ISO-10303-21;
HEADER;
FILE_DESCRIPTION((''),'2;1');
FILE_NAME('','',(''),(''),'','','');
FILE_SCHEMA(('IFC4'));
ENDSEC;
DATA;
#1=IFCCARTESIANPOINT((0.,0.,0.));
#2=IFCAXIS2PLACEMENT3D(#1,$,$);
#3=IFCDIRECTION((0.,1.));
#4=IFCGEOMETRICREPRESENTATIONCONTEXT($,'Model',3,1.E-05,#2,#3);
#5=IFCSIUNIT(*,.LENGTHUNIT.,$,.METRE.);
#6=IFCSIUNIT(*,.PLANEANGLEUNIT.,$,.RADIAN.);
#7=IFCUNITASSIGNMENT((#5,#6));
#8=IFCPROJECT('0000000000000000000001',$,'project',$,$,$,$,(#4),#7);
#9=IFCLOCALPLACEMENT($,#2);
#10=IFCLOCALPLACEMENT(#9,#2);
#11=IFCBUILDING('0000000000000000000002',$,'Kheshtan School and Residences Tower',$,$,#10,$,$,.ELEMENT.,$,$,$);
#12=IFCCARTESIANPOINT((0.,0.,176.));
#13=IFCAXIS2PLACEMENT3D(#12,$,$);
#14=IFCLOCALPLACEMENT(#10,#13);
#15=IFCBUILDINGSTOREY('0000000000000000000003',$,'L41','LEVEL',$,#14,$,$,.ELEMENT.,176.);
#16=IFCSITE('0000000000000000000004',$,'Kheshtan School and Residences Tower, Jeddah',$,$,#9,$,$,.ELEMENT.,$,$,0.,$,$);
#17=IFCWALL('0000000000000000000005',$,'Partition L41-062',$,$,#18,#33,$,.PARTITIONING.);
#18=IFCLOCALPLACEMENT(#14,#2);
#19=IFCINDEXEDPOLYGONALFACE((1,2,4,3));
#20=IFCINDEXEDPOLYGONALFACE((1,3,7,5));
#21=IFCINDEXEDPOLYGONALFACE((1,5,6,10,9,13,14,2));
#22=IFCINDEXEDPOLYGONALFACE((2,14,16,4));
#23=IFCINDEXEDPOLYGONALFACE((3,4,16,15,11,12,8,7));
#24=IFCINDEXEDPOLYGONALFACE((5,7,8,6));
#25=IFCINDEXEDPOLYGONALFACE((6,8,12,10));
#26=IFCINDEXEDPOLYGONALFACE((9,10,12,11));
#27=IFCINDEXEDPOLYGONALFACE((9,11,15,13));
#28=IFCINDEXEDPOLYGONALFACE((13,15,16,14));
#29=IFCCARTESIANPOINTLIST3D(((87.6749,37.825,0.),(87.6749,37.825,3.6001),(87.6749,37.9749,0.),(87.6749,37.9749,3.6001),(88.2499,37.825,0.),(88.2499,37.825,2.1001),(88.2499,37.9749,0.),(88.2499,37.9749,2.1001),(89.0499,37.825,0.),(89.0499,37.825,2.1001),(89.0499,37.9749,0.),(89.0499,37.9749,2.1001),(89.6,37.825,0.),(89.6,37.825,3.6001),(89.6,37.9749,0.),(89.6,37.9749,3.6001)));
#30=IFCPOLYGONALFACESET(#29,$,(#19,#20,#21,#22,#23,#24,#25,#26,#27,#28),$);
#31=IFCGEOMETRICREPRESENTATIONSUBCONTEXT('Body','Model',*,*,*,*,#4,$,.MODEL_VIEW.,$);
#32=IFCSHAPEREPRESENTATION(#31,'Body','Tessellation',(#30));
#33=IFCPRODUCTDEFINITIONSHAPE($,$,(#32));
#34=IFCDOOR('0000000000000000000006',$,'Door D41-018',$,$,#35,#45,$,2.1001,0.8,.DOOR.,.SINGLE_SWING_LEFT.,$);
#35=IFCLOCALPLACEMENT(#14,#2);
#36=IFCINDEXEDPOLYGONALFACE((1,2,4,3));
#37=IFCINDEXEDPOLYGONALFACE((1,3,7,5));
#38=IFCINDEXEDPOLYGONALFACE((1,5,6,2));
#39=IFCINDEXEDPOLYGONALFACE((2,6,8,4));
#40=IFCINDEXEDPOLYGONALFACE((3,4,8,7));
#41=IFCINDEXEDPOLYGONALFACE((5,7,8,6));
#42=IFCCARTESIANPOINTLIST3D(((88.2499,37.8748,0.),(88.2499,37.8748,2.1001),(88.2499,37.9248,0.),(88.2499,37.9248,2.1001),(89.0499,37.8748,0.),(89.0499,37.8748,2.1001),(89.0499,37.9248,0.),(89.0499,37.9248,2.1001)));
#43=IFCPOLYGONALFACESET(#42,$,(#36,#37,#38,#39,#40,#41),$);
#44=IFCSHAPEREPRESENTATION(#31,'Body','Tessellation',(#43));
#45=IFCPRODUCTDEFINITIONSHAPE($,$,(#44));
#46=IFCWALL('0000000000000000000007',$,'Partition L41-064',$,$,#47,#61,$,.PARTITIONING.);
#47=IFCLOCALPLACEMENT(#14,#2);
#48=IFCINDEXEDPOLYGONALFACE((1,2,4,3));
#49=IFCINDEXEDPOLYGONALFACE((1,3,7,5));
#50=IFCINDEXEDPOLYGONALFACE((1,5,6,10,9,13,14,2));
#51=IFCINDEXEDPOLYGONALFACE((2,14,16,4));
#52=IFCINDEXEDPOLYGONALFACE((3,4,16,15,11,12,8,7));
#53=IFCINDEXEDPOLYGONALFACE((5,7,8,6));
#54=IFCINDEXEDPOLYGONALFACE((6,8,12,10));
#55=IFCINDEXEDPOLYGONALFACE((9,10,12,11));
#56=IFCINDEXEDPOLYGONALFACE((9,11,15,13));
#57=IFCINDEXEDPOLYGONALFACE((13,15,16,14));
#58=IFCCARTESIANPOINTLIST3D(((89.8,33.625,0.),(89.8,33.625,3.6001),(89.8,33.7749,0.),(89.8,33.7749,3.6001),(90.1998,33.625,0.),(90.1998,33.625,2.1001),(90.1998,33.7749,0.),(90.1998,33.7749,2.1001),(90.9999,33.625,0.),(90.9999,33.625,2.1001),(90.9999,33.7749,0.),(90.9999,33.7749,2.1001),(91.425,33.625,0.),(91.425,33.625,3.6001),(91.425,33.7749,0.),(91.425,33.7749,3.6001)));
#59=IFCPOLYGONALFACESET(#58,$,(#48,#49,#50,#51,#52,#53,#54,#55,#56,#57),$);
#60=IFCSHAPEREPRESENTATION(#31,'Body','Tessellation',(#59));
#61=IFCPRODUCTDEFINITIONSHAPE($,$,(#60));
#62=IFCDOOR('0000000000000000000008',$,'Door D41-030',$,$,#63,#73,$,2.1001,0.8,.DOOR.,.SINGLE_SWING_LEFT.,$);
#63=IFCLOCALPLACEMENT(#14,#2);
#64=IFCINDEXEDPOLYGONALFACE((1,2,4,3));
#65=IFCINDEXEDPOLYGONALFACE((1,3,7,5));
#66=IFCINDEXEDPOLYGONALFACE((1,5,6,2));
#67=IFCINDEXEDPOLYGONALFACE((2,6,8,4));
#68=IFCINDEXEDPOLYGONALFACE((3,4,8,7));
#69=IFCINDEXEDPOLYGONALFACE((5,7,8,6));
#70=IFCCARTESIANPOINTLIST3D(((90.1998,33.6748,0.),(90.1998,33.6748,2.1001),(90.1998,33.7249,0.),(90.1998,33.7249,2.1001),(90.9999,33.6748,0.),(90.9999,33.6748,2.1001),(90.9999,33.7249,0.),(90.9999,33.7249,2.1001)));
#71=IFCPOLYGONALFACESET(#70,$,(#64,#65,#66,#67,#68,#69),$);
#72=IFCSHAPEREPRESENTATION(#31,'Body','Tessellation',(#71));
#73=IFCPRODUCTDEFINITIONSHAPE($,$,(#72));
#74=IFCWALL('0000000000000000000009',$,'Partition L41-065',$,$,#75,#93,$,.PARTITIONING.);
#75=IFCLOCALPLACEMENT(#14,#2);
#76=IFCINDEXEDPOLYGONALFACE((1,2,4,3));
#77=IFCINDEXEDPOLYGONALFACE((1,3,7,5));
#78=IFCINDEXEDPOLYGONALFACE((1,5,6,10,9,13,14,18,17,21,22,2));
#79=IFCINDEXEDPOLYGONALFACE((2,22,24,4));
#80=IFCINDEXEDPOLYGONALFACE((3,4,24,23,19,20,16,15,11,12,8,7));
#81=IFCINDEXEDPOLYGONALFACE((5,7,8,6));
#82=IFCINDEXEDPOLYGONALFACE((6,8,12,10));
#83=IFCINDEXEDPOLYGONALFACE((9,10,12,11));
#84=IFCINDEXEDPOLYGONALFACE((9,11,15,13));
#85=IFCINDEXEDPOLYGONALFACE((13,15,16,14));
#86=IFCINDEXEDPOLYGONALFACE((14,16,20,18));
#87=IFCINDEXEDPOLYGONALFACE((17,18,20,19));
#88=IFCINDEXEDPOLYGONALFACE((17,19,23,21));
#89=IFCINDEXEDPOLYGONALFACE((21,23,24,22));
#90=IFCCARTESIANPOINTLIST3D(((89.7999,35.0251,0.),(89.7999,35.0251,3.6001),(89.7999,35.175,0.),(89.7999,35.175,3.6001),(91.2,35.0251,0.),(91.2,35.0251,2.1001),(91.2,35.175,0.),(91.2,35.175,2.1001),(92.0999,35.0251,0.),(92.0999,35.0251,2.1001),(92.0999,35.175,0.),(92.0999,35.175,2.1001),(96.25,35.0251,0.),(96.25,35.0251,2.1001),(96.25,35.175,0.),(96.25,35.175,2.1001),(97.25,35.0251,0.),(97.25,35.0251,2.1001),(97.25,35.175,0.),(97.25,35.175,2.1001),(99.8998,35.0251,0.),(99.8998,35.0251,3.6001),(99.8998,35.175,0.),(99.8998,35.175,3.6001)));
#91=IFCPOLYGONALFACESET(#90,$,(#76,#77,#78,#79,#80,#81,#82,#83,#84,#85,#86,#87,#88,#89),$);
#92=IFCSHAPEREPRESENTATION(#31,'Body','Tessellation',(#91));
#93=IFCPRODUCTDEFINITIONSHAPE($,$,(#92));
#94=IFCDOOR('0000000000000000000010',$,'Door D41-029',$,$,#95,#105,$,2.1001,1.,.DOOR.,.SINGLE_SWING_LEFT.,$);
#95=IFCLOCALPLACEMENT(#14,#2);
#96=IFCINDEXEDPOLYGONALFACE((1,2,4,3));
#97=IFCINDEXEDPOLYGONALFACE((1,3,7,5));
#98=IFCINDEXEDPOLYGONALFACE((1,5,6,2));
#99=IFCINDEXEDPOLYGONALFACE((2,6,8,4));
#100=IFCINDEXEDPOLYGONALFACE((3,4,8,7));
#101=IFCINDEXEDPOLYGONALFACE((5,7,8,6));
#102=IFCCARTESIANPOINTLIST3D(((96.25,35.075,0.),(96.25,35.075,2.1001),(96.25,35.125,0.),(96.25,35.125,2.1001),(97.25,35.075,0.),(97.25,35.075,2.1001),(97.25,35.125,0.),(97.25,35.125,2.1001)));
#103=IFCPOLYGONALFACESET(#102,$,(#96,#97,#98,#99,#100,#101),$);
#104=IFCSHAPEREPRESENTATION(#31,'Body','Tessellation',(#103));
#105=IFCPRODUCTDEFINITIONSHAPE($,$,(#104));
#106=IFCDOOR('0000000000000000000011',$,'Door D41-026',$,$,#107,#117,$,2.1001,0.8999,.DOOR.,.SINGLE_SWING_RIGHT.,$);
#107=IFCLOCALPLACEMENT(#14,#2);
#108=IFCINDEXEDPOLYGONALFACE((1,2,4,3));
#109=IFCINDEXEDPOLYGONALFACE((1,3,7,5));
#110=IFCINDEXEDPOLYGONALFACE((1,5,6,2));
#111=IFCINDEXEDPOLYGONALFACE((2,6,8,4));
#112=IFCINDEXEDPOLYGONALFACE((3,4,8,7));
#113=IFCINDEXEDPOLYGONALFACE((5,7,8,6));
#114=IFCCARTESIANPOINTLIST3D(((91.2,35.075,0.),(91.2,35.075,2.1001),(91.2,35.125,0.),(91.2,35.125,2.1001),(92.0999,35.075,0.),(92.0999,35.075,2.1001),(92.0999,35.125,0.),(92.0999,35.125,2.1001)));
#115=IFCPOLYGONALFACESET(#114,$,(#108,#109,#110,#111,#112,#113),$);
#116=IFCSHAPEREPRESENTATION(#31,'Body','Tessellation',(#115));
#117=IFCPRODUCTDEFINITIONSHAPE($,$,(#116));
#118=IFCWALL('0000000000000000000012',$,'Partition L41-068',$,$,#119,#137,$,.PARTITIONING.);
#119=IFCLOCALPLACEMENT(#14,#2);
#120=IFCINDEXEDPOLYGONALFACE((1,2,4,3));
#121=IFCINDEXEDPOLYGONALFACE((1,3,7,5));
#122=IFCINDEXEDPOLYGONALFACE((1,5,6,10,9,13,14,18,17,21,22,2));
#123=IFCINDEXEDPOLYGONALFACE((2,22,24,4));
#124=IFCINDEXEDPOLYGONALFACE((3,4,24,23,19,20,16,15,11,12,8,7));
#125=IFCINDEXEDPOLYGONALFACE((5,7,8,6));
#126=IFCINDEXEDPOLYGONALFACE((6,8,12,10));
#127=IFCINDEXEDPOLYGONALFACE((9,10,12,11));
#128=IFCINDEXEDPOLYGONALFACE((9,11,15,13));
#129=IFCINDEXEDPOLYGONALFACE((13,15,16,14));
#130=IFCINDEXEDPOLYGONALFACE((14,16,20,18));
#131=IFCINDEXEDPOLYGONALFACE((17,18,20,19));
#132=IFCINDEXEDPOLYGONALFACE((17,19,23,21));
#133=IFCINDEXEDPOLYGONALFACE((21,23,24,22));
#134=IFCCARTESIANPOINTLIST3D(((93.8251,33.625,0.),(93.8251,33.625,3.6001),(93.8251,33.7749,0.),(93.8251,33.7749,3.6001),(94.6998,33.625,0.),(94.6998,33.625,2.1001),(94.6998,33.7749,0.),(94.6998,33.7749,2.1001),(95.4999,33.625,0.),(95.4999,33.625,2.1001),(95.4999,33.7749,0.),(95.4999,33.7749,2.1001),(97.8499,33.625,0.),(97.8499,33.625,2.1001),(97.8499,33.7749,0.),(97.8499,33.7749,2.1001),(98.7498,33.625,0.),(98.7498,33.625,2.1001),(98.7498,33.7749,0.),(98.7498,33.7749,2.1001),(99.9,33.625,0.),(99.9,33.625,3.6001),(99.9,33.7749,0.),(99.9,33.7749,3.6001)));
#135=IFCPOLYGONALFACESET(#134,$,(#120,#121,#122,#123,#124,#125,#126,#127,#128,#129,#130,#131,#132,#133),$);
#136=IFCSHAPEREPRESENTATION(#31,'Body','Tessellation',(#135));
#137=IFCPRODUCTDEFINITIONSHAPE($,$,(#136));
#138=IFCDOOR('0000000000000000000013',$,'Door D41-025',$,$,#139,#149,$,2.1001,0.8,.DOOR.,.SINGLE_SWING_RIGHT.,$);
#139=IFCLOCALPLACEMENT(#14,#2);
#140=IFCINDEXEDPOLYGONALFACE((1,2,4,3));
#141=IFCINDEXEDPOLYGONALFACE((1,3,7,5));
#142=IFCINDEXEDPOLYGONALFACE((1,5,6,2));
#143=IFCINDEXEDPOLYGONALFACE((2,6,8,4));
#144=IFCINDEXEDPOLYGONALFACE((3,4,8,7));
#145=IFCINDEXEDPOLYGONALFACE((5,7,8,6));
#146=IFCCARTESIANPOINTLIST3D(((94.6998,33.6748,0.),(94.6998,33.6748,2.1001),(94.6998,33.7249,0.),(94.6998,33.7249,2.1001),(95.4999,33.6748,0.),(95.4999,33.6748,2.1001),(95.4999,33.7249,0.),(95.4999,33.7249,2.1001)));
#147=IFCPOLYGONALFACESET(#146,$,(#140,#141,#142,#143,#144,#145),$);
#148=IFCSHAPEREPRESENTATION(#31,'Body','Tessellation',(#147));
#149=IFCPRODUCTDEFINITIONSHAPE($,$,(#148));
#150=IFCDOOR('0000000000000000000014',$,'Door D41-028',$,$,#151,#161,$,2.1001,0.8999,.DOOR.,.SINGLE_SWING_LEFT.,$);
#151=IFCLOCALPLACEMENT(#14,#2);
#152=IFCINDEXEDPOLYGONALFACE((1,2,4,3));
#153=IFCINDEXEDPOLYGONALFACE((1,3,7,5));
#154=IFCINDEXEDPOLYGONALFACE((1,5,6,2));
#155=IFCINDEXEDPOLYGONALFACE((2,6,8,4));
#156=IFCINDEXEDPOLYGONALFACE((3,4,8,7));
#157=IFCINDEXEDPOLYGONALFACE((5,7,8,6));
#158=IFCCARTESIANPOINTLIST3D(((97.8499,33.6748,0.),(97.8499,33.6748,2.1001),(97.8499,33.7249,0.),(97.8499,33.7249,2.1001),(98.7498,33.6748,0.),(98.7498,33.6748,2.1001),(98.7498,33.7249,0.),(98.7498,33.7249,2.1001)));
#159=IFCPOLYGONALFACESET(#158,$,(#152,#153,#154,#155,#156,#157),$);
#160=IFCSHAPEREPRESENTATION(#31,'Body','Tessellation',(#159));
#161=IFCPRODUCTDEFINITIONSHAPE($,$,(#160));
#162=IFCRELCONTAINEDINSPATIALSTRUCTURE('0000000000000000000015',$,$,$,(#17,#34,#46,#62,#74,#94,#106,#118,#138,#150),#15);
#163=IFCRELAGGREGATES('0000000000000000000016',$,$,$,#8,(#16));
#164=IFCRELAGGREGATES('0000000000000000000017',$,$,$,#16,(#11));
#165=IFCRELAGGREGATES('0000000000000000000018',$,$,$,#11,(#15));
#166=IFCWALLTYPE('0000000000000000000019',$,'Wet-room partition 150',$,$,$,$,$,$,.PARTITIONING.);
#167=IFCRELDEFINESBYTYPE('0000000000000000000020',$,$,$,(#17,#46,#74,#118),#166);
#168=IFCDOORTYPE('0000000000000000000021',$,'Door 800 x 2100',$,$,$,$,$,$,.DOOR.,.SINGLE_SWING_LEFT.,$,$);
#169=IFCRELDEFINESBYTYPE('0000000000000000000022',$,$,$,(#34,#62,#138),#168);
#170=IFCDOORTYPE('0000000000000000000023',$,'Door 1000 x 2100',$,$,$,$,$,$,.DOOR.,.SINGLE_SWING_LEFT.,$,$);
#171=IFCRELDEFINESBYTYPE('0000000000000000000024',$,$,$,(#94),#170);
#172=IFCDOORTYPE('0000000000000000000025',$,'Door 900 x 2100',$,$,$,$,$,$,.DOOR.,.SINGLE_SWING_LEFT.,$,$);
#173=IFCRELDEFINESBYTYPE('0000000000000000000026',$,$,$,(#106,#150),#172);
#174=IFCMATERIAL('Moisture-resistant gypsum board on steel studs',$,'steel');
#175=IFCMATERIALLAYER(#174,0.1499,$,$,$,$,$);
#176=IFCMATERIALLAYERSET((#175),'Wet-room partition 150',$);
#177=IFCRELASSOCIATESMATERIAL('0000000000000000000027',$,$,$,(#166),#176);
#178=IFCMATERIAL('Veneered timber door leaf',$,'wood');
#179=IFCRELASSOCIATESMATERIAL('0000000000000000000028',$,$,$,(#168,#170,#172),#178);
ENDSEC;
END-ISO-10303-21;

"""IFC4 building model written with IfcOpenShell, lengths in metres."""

from ifc_helpers import new_model, si_unit, direction, frame, frame_2d, origin, place, context, subcontext, project, spatial, rectangle, extrude, source, transform, mapped, material, layer, layer_set, type_object, element, fill, save


model = new_model("IFC4")

# Units and contexts
model_context = context("Model", 3, precision=1e-05, world=origin(), true_north=direction((0.0, 1.0)))
body_context = subcontext(model_context, "Body", "Model", "MODEL_VIEW")
ifc_project = project(units=[si_unit("LENGTHUNIT", "METRE"), si_unit("PLANEANGLEUNIT", "RADIAN")], contexts=[model_context])

# Site, building, storey
site_placement = place(None, origin())
site = spatial("IfcSite", under=ifc_project, at=site_placement, Name="Kheshtan School and Residences Tower, Jeddah", CompositionType="ELEMENT", RefElevation=0.0)
building_placement = place(site_placement, origin())
building = spatial("IfcBuilding", under=site, at=building_placement, Name="Kheshtan School and Residences Tower", CompositionType="ELEMENT")
storey_placement = place(building_placement, frame((0.0, 0.0, 176.0)))
storey = spatial("IfcBuildingStorey", under=building, at=storey_placement, Name="L41", Description="LEVEL", CompositionType="ELEMENT", Elevation=176.0)

# Walls, openings, doors
ifc_material_1 = material(Name="Moisture-resistant gypsum board on steel studs", Category="steel")
ifc_layer_1 = layer(ifc_material_1, 0.1499)
ifc_layer_set_1 = layer_set([ifc_layer_1], Name="Wet-room partition 150")
wall_type_1 = type_object("IfcWallType", Name="Wet-room partition 150", PredefinedType="PARTITIONING", material=ifc_layer_set_1)
wall_1_placement = place(storey_placement, frame((87.675, 37.8999, 0.0), z_axis=(0.0, 0.0, 1.0), x_axis=(1.0, 0.0, 0.0)))
wall_1 = element("IfcWall", 1, at=wall_1_placement, inside=storey, type_object=wall_type_1, Name="Partition L41-062", PredefinedType="PARTITIONING", context=body_context, shape_type="SweptSolid", body=[
    extrude(rectangle(XDim=1.925, YDim=0.1499, at=frame_2d((0.9624, 0.0))), origin(), (0.0, 0.0, 1.0), 3.6001),
])
opening_1_placement = place(wall_1_placement, frame((0.575, 0.0, 0.0)))
opening_1 = element("IfcOpeningElement", 2, at=opening_1_placement, cuts=wall_1, PredefinedType="OPENING", context=body_context, shape_type="SweptSolid", body=[
    extrude(rectangle(XDim=0.8, YDim=2.1001, at=frame_2d((0.3999, 1.05))), frame((0.0, 0.085, 0.0), z_axis=(0.0, -1.0, 0.0), x_axis=(1.0, 0.0, 0.0)), (0.0, 0.0, 1.0), 0.1699),
])
ifc_material_2 = material(Name="Veneered timber door leaf", Category="wood")
door_type_1 = type_object("IfcDoorType", Name="Door 800 x 2100", OperationType="SINGLE_SWING_LEFT", PredefinedType="DOOR", material=ifc_material_2)
shared_shape_1 = source(origin(), body_context, "Body", "SweptSolid", [
    extrude(rectangle(XDim=0.8, YDim=2.1001, at=frame_2d((0.3999, 1.05))), frame((0.0, 0.0249, 0.0), z_axis=(0.0, -1.0, 0.0), x_axis=(1.0, 0.0, 0.0)), (0.0, 0.0, 1.0), 0.05),
])
door_1_placement = place(opening_1_placement, origin())
door_1 = element("IfcDoor", 3, at=door_1_placement, inside=storey, type_object=door_type_1, Name="Door D41-018", OperationType="SINGLE_SWING_LEFT", OverallHeight=2.1001, OverallWidth=0.8, PredefinedType="DOOR", context=body_context, shape_type="MappedRepresentation", body=[
    mapped(shared_shape_1, transform((0.0, 0.0, 0.0), x_axis=(1.0, 0.0, 0.0), y_axis=(0.0, 1.0, 0.0), z_axis=(0.0, 0.0, 1.0), scale=1.0)),
])
fill(opening_1, door_1)
wall_2_placement = place(storey_placement, frame((89.8, 33.7, 0.0), z_axis=(0.0, 0.0, 1.0), x_axis=(1.0, 0.0, 0.0)))
wall_2 = element("IfcWall", 4, at=wall_2_placement, inside=storey, type_object=wall_type_1, Name="Partition L41-064", PredefinedType="PARTITIONING", context=body_context, shape_type="SweptSolid", body=[
    extrude(rectangle(XDim=1.625, YDim=0.1499, at=frame_2d((0.8125, 0.0))), origin(), (0.0, 0.0, 1.0), 3.6001),
])
opening_2_placement = place(wall_2_placement, frame((0.3999, 0.0, 0.0)))
opening_2 = element("IfcOpeningElement", 5, at=opening_2_placement, cuts=wall_2, PredefinedType="OPENING", context=body_context, shape_type="SweptSolid", body=[
    extrude(rectangle(XDim=0.8, YDim=2.1001, at=frame_2d((0.3999, 1.05))), frame((0.0, 0.085, 0.0), z_axis=(0.0, -1.0, 0.0), x_axis=(1.0, 0.0, 0.0)), (0.0, 0.0, 1.0), 0.1699),
])
door_2_placement = place(opening_2_placement, origin())
door_2 = element("IfcDoor", 6, at=door_2_placement, inside=storey, type_object=door_type_1, Name="Door D41-030", OperationType="SINGLE_SWING_LEFT", OverallHeight=2.1001, OverallWidth=0.8, PredefinedType="DOOR", context=body_context, shape_type="MappedRepresentation", body=[
    mapped(shared_shape_1, transform((0.0, 0.0, 0.0), x_axis=(1.0, 0.0, 0.0), y_axis=(0.0, 1.0, 0.0), z_axis=(0.0, 0.0, 1.0), scale=1.0)),
])
fill(opening_2, door_2)

# Walls, openings, doors
wall_3_placement = place(storey_placement, frame((89.8, 35.1001, 0.0), z_axis=(0.0, 0.0, 1.0), x_axis=(1.0, 0.0, 0.0)))
wall_3 = element("IfcWall", 7, at=wall_3_placement, inside=storey, type_object=wall_type_1, Name="Partition L41-065", PredefinedType="PARTITIONING", context=body_context, shape_type="SweptSolid", body=[
    extrude(rectangle(XDim=10.0999, YDim=0.1499, at=frame_2d((5.0498, 0.0))), origin(), (0.0, 0.0, 1.0), 3.6001),
])
opening_3_placement = place(wall_3_placement, frame((1.3999, 0.0, 0.0)))
opening_3 = element("IfcOpeningElement", 8, at=opening_3_placement, cuts=wall_3, PredefinedType="OPENING", context=body_context, shape_type="SweptSolid", body=[
    extrude(rectangle(XDim=0.8999, YDim=2.1001, at=frame_2d((0.45, 1.05))), frame((0.0, 0.085, 0.0), z_axis=(0.0, -1.0, 0.0), x_axis=(1.0, 0.0, 0.0)), (0.0, 0.0, 1.0), 0.1699),
])
opening_4_placement = place(wall_3_placement, frame((6.45, 0.0, 0.0)))
opening_4 = element("IfcOpeningElement", 9, at=opening_4_placement, cuts=wall_3, PredefinedType="OPENING", context=body_context, shape_type="SweptSolid", body=[
    extrude(rectangle(XDim=1.0, YDim=2.1001, at=frame_2d((0.5, 1.05))), frame((0.0, 0.085, 0.0), z_axis=(0.0, -1.0, 0.0), x_axis=(1.0, 0.0, 0.0)), (0.0, 0.0, 1.0), 0.1699),
])
door_type_2 = type_object("IfcDoorType", Name="Door 1000 x 2100", OperationType="SINGLE_SWING_LEFT", PredefinedType="DOOR", material=ifc_material_2)
shared_shape_2 = source(origin(), body_context, "Body", "SweptSolid", [
    extrude(rectangle(XDim=1.0, YDim=2.1001, at=frame_2d((0.5, 1.05))), frame((0.0, 0.0249, 0.0), z_axis=(0.0, -1.0, 0.0), x_axis=(1.0, 0.0, 0.0)), (0.0, 0.0, 1.0), 0.05),
])
door_3_placement = place(opening_4_placement, origin())
door_3 = element("IfcDoor", 10, at=door_3_placement, inside=storey, type_object=door_type_2, Name="Door D41-029", OperationType="SINGLE_SWING_LEFT", OverallHeight=2.1001, OverallWidth=1.0, PredefinedType="DOOR", context=body_context, shape_type="MappedRepresentation", body=[
    mapped(shared_shape_2, transform((0.0, 0.0, 0.0), x_axis=(1.0, 0.0, 0.0), y_axis=(0.0, 1.0, 0.0), z_axis=(0.0, 0.0, 1.0), scale=1.0)),
])
fill(opening_4, door_3)
door_type_3 = type_object("IfcDoorType", Name="Door 900 x 2100", OperationType="SINGLE_SWING_LEFT", PredefinedType="DOOR", material=ifc_material_2)
shared_shape_3 = source(origin(), body_context, "Body", "SweptSolid", [
    extrude(rectangle(XDim=0.8999, YDim=2.1001, at=frame_2d((0.45, 1.05))), frame((0.0, 0.0249, 0.0), z_axis=(0.0, -1.0, 0.0), x_axis=(1.0, 0.0, 0.0)), (0.0, 0.0, 1.0), 0.05),
])
door_4_placement = place(opening_3_placement, origin())
door_4 = element("IfcDoor", 11, at=door_4_placement, inside=storey, type_object=door_type_3, Name="Door D41-026", OperationType="SINGLE_SWING_RIGHT", OverallHeight=2.1001, OverallWidth=0.8999, PredefinedType="DOOR", context=body_context, shape_type="MappedRepresentation", body=[
    mapped(shared_shape_3, transform((0.0, 0.0, 0.0), x_axis=(1.0, 0.0, 0.0), y_axis=(0.0, 1.0, 0.0), z_axis=(0.0, 0.0, 1.0), scale=1.0)),
])
fill(opening_3, door_4)
wall_4_placement = place(storey_placement, frame((93.825, 33.7, 0.0), z_axis=(0.0, 0.0, 1.0), x_axis=(1.0, 0.0, 0.0)))
wall_4 = element("IfcWall", 12, at=wall_4_placement, inside=storey, type_object=wall_type_1, Name="Partition L41-068", PredefinedType="PARTITIONING", context=body_context, shape_type="SweptSolid", body=[
    extrude(rectangle(XDim=6.075, YDim=0.1499, at=frame_2d((3.0376, 0.0))), origin(), (0.0, 0.0, 1.0), 3.6001),
])
opening_5_placement = place(wall_4_placement, frame((0.875, 0.0, 0.0)))
opening_5 = element("IfcOpeningElement", 13, at=opening_5_placement, cuts=wall_4, PredefinedType="OPENING", context=body_context, shape_type="SweptSolid", body=[
    extrude(rectangle(XDim=0.8, YDim=2.1001, at=frame_2d((0.3999, 1.05))), frame((0.0, 0.085, 0.0), z_axis=(0.0, -1.0, 0.0), x_axis=(1.0, 0.0, 0.0)), (0.0, 0.0, 1.0), 0.1699),
])
opening_6_placement = place(wall_4_placement, frame((4.0249, 0.0, 0.0)))
opening_6 = element("IfcOpeningElement", 14, at=opening_6_placement, cuts=wall_4, PredefinedType="OPENING", context=body_context, shape_type="SweptSolid", body=[
    extrude(rectangle(XDim=0.8999, YDim=2.1001, at=frame_2d((0.45, 1.05))), frame((0.0, 0.085, 0.0), z_axis=(0.0, -1.0, 0.0), x_axis=(1.0, 0.0, 0.0)), (0.0, 0.0, 1.0), 0.1699),
])
door_5_placement = place(opening_5_placement, origin())
door_5 = element("IfcDoor", 15, at=door_5_placement, inside=storey, type_object=door_type_1, Name="Door D41-025", OperationType="SINGLE_SWING_RIGHT", OverallHeight=2.1001, OverallWidth=0.8, PredefinedType="DOOR", context=body_context, shape_type="MappedRepresentation", body=[
    mapped(shared_shape_1, transform((0.0, 0.0, 0.0), x_axis=(1.0, 0.0, 0.0), y_axis=(0.0, 1.0, 0.0), z_axis=(0.0, 0.0, 1.0), scale=1.0)),
])
fill(opening_5, door_5)
door_6_placement = place(opening_6_placement, origin())
door_6 = element("IfcDoor", 16, at=door_6_placement, inside=storey, type_object=door_type_3, Name="Door D41-028", OperationType="SINGLE_SWING_LEFT", OverallHeight=2.1001, OverallWidth=0.8999, PredefinedType="DOOR", context=body_context, shape_type="MappedRepresentation", body=[
    mapped(shared_shape_3, transform((0.0, 0.0, 0.0), x_axis=(1.0, 0.0, 0.0), y_axis=(0.0, 1.0, 0.0), z_axis=(0.0, 0.0, 1.0), scale=1.0)),
])
fill(opening_6, door_6)

save(model, "model.ifc")
